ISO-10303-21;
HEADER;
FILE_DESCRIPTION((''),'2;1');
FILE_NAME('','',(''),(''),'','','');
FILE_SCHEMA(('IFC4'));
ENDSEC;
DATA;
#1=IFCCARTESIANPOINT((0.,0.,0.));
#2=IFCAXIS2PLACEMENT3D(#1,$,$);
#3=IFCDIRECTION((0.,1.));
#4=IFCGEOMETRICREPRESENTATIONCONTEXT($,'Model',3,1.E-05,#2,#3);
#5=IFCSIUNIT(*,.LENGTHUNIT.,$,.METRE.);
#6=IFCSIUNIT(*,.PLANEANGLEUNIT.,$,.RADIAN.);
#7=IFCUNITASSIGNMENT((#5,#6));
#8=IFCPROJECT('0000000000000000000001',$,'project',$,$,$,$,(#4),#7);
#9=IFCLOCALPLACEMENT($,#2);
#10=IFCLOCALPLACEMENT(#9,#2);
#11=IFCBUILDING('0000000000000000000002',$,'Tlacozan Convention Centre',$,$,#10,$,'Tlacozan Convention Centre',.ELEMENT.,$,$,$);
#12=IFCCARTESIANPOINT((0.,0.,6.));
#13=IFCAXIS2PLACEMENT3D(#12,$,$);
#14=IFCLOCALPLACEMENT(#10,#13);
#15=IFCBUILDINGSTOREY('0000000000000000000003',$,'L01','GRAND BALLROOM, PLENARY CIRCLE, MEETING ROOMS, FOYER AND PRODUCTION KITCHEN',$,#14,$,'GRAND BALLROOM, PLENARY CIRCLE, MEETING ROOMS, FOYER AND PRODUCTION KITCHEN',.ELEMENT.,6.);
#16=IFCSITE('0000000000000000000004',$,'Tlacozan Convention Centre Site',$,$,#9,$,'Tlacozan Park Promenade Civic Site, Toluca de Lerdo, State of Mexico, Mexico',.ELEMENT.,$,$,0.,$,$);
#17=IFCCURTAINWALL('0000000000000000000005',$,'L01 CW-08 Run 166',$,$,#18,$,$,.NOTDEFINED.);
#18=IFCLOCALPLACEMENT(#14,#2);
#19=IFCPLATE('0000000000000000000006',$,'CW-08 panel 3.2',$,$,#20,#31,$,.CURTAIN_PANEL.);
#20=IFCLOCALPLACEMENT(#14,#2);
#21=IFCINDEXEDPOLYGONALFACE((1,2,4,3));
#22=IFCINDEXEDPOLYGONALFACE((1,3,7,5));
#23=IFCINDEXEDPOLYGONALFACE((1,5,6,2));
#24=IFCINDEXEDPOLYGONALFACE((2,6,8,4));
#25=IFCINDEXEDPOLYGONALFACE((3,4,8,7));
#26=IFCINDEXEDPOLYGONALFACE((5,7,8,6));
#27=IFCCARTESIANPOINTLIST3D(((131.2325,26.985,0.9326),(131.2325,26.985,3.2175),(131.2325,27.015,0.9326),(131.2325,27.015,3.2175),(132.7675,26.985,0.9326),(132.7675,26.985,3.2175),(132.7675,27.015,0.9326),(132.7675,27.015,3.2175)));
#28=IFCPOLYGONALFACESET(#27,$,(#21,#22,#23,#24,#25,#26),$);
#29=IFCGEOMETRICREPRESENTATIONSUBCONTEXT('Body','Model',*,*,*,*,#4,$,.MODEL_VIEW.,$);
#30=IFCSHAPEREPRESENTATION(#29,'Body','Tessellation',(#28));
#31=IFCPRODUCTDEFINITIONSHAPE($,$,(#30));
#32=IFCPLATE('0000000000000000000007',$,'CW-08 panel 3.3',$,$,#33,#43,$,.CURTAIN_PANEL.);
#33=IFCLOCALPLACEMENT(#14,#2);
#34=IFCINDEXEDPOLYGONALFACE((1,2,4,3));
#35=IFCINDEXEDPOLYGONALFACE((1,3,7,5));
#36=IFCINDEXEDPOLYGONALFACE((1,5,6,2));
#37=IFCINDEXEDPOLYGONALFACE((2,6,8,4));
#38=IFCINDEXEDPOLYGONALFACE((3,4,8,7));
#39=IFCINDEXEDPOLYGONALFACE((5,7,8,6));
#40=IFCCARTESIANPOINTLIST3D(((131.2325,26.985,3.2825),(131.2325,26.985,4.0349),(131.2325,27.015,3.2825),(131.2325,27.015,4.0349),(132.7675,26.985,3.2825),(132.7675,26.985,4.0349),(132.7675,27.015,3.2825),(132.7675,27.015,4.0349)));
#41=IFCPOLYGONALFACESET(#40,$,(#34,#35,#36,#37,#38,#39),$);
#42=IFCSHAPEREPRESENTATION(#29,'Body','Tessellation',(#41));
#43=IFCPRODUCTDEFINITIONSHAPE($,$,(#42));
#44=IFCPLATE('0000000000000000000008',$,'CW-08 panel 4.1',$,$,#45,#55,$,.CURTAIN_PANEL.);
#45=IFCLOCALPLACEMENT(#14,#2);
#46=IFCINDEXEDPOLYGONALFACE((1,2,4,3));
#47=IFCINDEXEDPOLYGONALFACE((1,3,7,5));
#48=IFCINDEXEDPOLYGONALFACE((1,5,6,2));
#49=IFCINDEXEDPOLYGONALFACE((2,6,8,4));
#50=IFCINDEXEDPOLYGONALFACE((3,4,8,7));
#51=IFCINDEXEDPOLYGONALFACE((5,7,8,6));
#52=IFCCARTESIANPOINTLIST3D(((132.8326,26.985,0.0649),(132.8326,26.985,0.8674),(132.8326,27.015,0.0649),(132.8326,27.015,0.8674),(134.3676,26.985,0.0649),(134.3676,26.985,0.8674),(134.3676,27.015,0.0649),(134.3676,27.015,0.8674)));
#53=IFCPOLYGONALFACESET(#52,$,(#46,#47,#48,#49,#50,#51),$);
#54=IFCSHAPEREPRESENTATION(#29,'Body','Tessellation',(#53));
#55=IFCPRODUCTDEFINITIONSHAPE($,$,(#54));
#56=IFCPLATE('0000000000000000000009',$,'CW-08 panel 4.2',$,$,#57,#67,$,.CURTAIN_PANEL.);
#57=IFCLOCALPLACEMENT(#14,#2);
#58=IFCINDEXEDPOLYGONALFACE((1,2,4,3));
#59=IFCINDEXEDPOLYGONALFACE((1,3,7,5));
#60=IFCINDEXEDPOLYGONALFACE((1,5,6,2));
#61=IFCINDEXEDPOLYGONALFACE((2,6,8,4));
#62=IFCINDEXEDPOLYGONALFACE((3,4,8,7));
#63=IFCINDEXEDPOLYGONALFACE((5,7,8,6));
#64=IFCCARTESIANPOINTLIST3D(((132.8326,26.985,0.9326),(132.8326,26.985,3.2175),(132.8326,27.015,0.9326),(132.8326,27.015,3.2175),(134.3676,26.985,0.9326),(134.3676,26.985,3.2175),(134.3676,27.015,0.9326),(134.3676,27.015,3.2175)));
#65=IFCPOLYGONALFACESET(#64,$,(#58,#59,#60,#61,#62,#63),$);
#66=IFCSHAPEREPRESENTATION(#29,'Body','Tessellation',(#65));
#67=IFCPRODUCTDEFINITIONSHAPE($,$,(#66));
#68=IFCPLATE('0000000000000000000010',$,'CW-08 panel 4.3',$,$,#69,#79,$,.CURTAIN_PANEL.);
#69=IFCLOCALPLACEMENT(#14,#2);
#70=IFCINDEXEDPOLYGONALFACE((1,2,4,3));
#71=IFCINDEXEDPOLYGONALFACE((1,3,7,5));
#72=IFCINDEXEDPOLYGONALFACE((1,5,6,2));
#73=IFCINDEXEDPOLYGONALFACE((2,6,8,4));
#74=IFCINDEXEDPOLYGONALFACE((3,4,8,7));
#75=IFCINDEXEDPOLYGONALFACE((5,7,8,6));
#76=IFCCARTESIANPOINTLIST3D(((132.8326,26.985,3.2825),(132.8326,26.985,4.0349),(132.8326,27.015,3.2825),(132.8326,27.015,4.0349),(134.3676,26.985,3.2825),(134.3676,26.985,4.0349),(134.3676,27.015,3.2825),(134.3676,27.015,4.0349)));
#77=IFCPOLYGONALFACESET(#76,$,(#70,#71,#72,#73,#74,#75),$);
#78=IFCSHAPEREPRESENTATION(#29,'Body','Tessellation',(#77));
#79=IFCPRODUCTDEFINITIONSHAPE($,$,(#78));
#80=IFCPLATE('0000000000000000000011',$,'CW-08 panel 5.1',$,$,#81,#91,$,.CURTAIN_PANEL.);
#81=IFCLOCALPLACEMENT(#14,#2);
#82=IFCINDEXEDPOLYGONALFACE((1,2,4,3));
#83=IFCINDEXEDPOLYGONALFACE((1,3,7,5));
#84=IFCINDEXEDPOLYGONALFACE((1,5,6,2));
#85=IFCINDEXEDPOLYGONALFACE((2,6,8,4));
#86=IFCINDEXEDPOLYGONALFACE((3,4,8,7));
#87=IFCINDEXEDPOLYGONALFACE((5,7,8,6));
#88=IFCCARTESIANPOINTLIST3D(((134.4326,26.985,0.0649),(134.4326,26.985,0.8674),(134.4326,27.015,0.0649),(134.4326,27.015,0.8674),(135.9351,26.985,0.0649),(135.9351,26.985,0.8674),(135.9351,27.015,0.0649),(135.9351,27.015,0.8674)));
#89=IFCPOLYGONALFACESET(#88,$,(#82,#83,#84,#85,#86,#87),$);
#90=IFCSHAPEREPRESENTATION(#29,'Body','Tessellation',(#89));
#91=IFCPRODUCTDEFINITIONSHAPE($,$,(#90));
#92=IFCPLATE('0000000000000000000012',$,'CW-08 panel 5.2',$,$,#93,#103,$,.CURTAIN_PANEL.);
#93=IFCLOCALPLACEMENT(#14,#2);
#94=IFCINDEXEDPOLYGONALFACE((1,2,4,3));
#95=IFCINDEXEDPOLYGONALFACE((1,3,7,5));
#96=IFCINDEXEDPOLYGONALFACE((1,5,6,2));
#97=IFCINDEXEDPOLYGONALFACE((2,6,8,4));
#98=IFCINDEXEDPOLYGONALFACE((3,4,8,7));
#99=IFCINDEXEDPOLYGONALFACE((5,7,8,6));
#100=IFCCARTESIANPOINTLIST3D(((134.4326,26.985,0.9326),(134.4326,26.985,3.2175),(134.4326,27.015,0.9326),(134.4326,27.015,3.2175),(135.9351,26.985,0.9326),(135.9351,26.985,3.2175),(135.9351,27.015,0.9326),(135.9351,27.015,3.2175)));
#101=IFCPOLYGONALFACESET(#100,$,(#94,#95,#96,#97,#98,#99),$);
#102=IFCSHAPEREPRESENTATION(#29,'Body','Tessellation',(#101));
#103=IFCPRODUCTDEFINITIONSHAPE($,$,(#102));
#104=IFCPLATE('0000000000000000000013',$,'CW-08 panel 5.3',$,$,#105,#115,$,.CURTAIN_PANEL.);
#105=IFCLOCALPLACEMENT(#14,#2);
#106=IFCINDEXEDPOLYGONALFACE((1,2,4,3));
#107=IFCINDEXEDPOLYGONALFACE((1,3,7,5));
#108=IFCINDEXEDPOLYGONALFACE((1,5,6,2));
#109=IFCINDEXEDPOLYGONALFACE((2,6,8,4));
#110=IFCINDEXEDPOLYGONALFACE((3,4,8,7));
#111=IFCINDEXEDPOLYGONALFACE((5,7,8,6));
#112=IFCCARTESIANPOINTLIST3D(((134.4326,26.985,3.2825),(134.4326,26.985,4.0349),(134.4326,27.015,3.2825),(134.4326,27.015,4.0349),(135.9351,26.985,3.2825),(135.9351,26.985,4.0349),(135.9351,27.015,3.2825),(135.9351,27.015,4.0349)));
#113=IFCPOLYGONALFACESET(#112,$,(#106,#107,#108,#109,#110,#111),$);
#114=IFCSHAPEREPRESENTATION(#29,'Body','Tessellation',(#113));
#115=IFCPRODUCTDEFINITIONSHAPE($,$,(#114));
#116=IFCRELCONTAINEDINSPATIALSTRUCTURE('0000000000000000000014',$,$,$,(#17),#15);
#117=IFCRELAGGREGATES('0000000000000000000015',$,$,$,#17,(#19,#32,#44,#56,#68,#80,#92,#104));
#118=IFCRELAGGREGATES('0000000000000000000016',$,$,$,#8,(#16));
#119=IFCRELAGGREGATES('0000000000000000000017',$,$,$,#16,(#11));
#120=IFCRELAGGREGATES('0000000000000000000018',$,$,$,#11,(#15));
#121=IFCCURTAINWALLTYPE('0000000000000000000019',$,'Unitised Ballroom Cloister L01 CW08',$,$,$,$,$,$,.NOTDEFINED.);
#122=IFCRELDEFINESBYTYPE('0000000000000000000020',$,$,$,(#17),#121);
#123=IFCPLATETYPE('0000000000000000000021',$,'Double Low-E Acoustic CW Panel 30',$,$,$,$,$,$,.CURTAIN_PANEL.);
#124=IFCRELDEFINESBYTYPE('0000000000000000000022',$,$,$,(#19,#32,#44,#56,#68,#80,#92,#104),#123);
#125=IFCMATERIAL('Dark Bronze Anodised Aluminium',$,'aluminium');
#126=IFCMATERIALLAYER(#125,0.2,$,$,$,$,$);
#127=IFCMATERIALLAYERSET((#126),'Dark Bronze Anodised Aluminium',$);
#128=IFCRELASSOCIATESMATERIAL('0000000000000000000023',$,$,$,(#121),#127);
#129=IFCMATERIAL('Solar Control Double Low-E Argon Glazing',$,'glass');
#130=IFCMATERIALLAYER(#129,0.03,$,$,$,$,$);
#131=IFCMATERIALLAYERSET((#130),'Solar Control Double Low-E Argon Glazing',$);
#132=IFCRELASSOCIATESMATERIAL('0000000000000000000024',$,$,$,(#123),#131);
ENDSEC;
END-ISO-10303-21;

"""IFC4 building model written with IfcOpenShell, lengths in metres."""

from ifc_helpers import new_model, si_unit, direction, frame, origin, origin_2d, place, context, subcontext, project, spatial, rectangle, extrude, material, layer, layer_set, type_object, element, aggregate, save


model = new_model("IFC4")

# Units and contexts
model_context = context("Model", 3, precision=1e-05, world=origin(), true_north=direction((0.0, 1.0)))
body_context = subcontext(model_context, "Body", "Model", "MODEL_VIEW")
ifc_project = project(units=[si_unit("LENGTHUNIT", "METRE"), si_unit("PLANEANGLEUNIT", "RADIAN")], contexts=[model_context])

# Site, building, storey
site_placement = place(None, origin())
site = spatial("IfcSite", under=ifc_project, at=site_placement, Name="Tlacozan Convention Centre Site", LongName="Tlacozan Park Promenade Civic Site, Toluca de Lerdo, State of Mexico, Mexico", CompositionType="ELEMENT", RefElevation=0.0)
building_placement = place(site_placement, origin())
building = spatial("IfcBuilding", under=site, at=building_placement, Name="Tlacozan Convention Centre", LongName="Tlacozan Convention Centre", CompositionType="ELEMENT")
storey_placement = place(building_placement, frame((0.0, 0.0, 6.0)))
storey = spatial("IfcBuildingStorey", under=building, at=storey_placement, Name="L01", Description="GRAND BALLROOM, PLENARY CIRCLE, MEETING ROOMS, FOYER AND PRODUCTION KITCHEN", LongName="GRAND BALLROOM, PLENARY CIRCLE, MEETING ROOMS, FOYER AND PRODUCTION KITCHEN", CompositionType="ELEMENT", Elevation=6.0)

# Curtain wall
ifc_material_1 = material(Name="Dark Bronze Anodised Aluminium", Category="aluminium")
ifc_layer_1 = layer(ifc_material_1, 0.2)
ifc_layer_set_1 = layer_set([ifc_layer_1], Name="Dark Bronze Anodised Aluminium")
curtain_wall_type = type_object("IfcCurtainWallType", Name="Unitised Ballroom Cloister L01 CW08", PredefinedType="NOTDEFINED", material=ifc_layer_set_1)
curtain_wall_1_placement = place(storey_placement, origin())
curtain_wall_1 = element("IfcCurtainWall", 1, at=curtain_wall_1_placement, inside=storey, type_object=curtain_wall_type, Name="L01 CW-08 Run 166", PredefinedType="NOTDEFINED")

# Plates
ifc_material_2 = material(Name="Solar Control Double Low-E Argon Glazing", Category="glass")
ifc_layer_2 = layer(ifc_material_2, 0.03)
ifc_layer_set_2 = layer_set([ifc_layer_2], Name="Solar Control Double Low-E Argon Glazing")
plate_type = type_object("IfcPlateType", Name="Double Low-E Acoustic CW Panel 30", PredefinedType="CURTAIN_PANEL", material=ifc_layer_set_2)
plate_1_placement = place(storey_placement, frame((132.0, 27.0, 0.9326), z_axis=(0.0, 0.0, 1.0), x_axis=(1.0, 0.0, 0.0)))
plate_1 = element("IfcPlate", 2, at=plate_1_placement, type_object=plate_type, Name="CW-08 panel 3.2", PredefinedType="CURTAIN_PANEL", context=body_context, shape_type="SweptSolid", body=[
    extrude(rectangle(XDim=1.5349, YDim=0.03, at=origin_2d()), origin(), (0.0, 0.0, 1.0), 2.2849),
])
plate_2_placement = place(storey_placement, frame((132.0, 27.0, 3.2825), z_axis=(0.0, 0.0, 1.0), x_axis=(1.0, 0.0, 0.0)))
plate_2 = element("IfcPlate", 3, at=plate_2_placement, type_object=plate_type, Name="CW-08 panel 3.3", PredefinedType="CURTAIN_PANEL", context=body_context, shape_type="SweptSolid", body=[
    extrude(rectangle(XDim=1.5349, YDim=0.03, at=origin_2d()), origin(), (0.0, 0.0, 1.0), 0.7524),
])
plate_3_placement = place(storey_placement, frame((133.6001, 27.0, 0.0649), z_axis=(0.0, 0.0, 1.0), x_axis=(1.0, 0.0, 0.0)))
plate_3 = element("IfcPlate", 4, at=plate_3_placement, type_object=plate_type, Name="CW-08 panel 4.1", PredefinedType="CURTAIN_PANEL", context=body_context, shape_type="SweptSolid", body=[
    extrude(rectangle(XDim=1.5349, YDim=0.03, at=origin_2d()), origin(), (0.0, 0.0, 1.0), 0.8025),
])
plate_4_placement = place(storey_placement, frame((133.6001, 27.0, 0.9326), z_axis=(0.0, 0.0, 1.0), x_axis=(1.0, 0.0, 0.0)))
plate_4 = element("IfcPlate", 5, at=plate_4_placement, type_object=plate_type, Name="CW-08 panel 4.2", PredefinedType="CURTAIN_PANEL", context=body_context, shape_type="SweptSolid", body=[
    extrude(rectangle(XDim=1.5349, YDim=0.03, at=origin_2d()), origin(), (0.0, 0.0, 1.0), 2.2849),
])
plate_5_placement = place(storey_placement, frame((133.6001, 27.0, 3.2825), z_axis=(0.0, 0.0, 1.0), x_axis=(1.0, 0.0, 0.0)))
plate_5 = element("IfcPlate", 6, at=plate_5_placement, type_object=plate_type, Name="CW-08 panel 4.3", PredefinedType="CURTAIN_PANEL", context=body_context, shape_type="SweptSolid", body=[
    extrude(rectangle(XDim=1.5349, YDim=0.03, at=origin_2d()), origin(), (0.0, 0.0, 1.0), 0.7524),
])
plate_6_placement = place(storey_placement, frame((135.1838, 27.0, 0.0649), z_axis=(0.0, 0.0, 1.0), x_axis=(1.0, 0.0, 0.0)))
plate_6 = element("IfcPlate", 7, at=plate_6_placement, type_object=plate_type, Name="CW-08 panel 5.1", PredefinedType="CURTAIN_PANEL", context=body_context, shape_type="SweptSolid", body=[
    extrude(rectangle(XDim=1.5024, YDim=0.03, at=origin_2d()), origin(), (0.0, 0.0, 1.0), 0.8025),
])
plate_7_placement = place(storey_placement, frame((135.1838, 27.0, 0.9326), z_axis=(0.0, 0.0, 1.0), x_axis=(1.0, 0.0, 0.0)))
plate_7 = element("IfcPlate", 8, at=plate_7_placement, type_object=plate_type, Name="CW-08 panel 5.2", PredefinedType="CURTAIN_PANEL", context=body_context, shape_type="SweptSolid", body=[
    extrude(rectangle(XDim=1.5024, YDim=0.03, at=origin_2d()), origin(), (0.0, 0.0, 1.0), 2.2849),
])
plate_8_placement = place(storey_placement, frame((135.1838, 27.0, 3.2825), z_axis=(0.0, 0.0, 1.0), x_axis=(1.0, 0.0, 0.0)))
plate_8 = element("IfcPlate", 9, at=plate_8_placement, type_object=plate_type, Name="CW-08 panel 5.3", PredefinedType="CURTAIN_PANEL", context=body_context, shape_type="SweptSolid", body=[
    extrude(rectangle(XDim=1.5024, YDim=0.03, at=origin_2d()), origin(), (0.0, 0.0, 1.0), 0.7524),
])
aggregate(curtain_wall_1, [plate_1, plate_2, plate_3, plate_4, plate_5, plate_6, plate_7, plate_8])

save(model, "model.ifc")
